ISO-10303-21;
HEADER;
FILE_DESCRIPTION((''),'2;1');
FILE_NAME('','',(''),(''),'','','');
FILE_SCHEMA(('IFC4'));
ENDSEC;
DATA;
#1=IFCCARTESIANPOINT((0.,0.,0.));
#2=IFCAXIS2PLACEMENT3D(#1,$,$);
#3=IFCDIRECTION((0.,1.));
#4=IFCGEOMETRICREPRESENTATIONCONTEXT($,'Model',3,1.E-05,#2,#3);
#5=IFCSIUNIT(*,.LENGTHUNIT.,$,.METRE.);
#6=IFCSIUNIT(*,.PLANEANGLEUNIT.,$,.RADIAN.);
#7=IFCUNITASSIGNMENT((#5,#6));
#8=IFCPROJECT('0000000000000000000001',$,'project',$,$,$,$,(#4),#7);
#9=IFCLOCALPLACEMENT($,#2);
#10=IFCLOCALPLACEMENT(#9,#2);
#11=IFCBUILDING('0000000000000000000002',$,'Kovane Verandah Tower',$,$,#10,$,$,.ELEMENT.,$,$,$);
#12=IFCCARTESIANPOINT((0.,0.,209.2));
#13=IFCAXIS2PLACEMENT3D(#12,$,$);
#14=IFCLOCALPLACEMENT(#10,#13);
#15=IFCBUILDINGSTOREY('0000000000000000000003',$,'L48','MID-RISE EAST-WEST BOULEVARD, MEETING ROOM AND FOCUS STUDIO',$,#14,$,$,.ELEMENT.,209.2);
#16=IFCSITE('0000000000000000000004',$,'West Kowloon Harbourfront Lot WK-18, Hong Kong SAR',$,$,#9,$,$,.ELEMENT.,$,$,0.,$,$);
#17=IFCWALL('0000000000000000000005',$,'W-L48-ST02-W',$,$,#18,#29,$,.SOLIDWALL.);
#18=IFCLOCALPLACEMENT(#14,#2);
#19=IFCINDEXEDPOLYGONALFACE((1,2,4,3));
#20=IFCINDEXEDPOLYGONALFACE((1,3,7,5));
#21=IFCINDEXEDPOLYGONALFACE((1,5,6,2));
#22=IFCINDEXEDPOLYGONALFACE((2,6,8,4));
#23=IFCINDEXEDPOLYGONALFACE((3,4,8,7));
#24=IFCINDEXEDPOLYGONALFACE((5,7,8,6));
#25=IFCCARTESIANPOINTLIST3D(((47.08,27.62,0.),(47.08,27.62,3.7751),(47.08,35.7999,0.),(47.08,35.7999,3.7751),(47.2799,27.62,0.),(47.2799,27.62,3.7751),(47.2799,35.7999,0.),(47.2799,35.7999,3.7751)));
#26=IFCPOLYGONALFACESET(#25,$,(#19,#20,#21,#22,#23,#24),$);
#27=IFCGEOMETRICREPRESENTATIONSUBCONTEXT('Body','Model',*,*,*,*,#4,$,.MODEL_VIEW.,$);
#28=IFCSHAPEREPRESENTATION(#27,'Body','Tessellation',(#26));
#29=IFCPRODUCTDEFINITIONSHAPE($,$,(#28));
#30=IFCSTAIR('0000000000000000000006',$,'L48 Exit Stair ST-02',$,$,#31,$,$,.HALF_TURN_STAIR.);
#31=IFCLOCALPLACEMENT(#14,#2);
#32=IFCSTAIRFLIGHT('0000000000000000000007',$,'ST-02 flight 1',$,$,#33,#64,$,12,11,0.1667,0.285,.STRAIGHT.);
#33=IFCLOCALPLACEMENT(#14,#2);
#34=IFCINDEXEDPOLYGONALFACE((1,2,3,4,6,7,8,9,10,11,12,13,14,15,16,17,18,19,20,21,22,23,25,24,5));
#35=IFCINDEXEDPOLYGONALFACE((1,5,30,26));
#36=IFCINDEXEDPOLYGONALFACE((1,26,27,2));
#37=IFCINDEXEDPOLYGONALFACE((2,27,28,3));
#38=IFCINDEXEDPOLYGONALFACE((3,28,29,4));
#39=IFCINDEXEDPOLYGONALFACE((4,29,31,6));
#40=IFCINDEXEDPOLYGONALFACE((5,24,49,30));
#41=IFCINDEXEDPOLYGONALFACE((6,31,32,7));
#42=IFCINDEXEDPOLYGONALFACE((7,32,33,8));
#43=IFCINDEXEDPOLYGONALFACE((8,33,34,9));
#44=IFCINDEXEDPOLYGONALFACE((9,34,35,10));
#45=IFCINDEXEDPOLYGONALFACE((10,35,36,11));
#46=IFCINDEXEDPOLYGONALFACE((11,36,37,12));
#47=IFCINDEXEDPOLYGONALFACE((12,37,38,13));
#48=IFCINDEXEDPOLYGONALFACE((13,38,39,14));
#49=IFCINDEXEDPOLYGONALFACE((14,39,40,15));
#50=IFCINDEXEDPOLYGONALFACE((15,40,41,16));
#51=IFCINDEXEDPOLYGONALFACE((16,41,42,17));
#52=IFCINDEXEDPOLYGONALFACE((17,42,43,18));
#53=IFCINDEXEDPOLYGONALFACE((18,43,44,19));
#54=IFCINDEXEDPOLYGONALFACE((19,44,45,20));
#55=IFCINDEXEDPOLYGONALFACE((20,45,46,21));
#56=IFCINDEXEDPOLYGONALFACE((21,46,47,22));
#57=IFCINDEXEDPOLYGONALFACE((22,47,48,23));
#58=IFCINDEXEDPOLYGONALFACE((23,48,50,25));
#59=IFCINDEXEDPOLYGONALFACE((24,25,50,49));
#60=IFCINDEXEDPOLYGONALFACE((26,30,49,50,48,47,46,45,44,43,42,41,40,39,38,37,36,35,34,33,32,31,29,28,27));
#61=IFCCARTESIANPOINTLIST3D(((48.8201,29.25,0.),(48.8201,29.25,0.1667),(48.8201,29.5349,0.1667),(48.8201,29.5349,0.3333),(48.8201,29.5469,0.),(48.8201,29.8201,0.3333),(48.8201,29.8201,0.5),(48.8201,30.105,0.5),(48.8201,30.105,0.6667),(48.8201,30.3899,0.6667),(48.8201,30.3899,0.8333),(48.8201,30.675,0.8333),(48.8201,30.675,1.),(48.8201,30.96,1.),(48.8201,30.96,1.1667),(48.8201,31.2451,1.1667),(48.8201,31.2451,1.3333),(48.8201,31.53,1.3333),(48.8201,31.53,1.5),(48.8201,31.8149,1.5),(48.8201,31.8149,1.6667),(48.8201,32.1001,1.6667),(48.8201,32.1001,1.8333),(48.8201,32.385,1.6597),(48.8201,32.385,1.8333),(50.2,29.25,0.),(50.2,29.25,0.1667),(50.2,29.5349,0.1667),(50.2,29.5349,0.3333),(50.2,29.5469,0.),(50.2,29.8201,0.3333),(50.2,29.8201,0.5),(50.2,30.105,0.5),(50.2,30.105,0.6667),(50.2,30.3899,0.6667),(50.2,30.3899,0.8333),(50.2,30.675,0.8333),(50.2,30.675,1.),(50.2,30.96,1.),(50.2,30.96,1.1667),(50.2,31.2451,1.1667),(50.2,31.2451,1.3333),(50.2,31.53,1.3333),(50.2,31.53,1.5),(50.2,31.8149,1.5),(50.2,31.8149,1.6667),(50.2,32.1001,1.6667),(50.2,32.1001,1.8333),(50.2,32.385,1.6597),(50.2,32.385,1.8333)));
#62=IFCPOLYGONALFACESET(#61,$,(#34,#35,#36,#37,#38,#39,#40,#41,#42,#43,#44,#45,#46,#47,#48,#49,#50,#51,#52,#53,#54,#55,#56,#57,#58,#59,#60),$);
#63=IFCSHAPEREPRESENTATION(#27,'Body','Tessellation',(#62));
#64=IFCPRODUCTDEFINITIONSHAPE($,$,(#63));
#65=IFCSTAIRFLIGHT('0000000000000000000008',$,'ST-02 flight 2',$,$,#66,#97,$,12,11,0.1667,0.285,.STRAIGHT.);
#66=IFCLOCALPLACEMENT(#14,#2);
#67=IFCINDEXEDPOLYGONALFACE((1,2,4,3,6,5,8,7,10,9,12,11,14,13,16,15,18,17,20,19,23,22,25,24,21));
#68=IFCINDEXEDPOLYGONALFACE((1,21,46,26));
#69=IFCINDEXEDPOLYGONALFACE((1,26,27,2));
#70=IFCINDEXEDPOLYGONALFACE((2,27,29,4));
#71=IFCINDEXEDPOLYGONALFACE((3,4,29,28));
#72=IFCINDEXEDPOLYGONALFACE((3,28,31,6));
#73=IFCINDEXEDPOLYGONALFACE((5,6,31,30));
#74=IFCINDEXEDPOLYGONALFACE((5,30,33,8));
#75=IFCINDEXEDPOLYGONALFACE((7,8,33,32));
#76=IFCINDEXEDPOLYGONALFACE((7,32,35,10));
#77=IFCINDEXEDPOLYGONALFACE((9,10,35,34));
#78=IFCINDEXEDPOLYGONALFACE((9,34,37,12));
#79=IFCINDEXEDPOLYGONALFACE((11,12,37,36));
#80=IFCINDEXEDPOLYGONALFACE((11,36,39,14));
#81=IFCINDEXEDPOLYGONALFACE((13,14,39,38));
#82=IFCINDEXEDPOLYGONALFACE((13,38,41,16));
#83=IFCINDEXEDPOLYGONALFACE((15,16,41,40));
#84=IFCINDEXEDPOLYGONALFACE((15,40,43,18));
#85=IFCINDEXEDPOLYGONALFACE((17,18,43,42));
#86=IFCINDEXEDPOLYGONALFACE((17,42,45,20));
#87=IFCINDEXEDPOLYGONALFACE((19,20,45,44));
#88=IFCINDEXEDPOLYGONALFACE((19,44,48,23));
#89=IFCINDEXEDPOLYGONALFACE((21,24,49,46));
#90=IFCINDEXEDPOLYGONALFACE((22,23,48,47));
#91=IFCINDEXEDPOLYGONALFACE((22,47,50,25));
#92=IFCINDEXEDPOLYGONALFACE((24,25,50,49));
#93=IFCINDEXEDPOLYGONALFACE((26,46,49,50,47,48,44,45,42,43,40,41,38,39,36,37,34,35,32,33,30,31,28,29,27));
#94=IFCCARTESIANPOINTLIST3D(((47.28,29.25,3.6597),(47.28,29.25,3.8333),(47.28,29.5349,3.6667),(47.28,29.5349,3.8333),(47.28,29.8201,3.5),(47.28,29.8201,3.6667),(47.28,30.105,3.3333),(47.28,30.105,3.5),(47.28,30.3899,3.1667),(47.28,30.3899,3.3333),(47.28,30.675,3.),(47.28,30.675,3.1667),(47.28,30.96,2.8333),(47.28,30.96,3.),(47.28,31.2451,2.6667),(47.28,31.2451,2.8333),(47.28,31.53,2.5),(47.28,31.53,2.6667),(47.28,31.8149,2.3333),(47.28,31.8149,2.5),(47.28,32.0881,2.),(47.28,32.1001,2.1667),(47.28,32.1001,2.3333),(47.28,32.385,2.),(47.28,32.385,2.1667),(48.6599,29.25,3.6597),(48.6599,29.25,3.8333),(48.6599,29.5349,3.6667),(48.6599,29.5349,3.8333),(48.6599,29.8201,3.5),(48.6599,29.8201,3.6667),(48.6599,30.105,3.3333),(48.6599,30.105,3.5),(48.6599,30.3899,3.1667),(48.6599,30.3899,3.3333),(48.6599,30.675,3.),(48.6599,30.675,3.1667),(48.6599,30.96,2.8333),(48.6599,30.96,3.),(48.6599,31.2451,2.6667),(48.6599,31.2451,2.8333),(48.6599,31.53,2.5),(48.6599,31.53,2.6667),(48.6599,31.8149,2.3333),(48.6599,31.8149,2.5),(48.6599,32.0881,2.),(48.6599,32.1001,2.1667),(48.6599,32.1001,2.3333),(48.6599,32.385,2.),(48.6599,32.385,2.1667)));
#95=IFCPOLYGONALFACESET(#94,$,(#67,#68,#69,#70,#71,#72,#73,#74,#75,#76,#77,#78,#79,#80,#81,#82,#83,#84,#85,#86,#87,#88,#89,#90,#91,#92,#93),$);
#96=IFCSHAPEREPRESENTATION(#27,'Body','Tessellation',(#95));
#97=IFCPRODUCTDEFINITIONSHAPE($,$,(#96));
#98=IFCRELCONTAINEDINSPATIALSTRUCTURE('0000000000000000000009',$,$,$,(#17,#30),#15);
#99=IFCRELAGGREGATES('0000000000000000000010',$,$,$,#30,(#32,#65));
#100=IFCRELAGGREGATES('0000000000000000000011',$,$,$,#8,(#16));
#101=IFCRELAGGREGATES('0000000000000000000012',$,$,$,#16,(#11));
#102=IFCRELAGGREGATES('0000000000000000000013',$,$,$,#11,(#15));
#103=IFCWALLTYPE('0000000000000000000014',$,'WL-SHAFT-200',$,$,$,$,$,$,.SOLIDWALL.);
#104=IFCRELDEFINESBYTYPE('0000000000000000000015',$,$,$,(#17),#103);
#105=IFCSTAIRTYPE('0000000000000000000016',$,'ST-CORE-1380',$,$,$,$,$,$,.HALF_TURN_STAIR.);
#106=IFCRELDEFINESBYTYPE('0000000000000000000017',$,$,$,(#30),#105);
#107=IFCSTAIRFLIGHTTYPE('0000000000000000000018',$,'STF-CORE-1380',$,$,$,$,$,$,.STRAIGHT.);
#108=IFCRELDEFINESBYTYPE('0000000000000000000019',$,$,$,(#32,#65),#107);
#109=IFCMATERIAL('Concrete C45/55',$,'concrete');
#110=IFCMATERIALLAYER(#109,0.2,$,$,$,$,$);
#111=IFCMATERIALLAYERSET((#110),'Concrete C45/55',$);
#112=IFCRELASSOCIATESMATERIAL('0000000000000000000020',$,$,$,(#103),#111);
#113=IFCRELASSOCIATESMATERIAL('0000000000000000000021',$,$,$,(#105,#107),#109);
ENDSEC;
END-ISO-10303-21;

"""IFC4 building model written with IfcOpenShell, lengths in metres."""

from ifc_helpers import new_model, si_unit, direction, frame, frame_2d, origin, place, context, subcontext, project, spatial, polyline, rectangle, outline, extrude, material, layer, layer_set, type_object, element, aggregate, save


model = new_model("IFC4")

# Units and contexts
model_context = context("Model", 3, precision=1e-05, world=origin(), true_north=direction((0.0, 1.0)))
body_context = subcontext(model_context, "Body", "Model", "MODEL_VIEW")
ifc_project = project(units=[si_unit("LENGTHUNIT", "METRE"), si_unit("PLANEANGLEUNIT", "RADIAN")], contexts=[model_context])

# Site, building, storey
site_placement = place(None, origin())
site = spatial("IfcSite", under=ifc_project, at=site_placement, Name="West Kowloon Harbourfront Lot WK-18, Hong Kong SAR", CompositionType="ELEMENT", RefElevation=0.0)
building_placement = place(site_placement, origin())
building = spatial("IfcBuilding", under=site, at=building_placement, Name="Kovane Verandah Tower", CompositionType="ELEMENT")
storey_placement = place(building_placement, frame((0.0, 0.0, 209.2)))
storey = spatial("IfcBuildingStorey", under=building, at=storey_placement, Name="L48", Description="MID-RISE EAST-WEST BOULEVARD, MEETING ROOM AND FOCUS STUDIO", CompositionType="ELEMENT", Elevation=209.2)

# Wall
ifc_material_1 = material(Name="Concrete C45/55", Category="concrete")
ifc_layer_1 = layer(ifc_material_1, 0.2)
ifc_layer_set_1 = layer_set([ifc_layer_1], Name="Concrete C45/55")
wall_type_1 = type_object("IfcWallType", Name="WL-SHAFT-200", PredefinedType="SOLIDWALL", material=ifc_layer_set_1)
wall_1_placement = place(storey_placement, frame((47.1799, 27.6201, 0.0), z_axis=(0.0, 0.0, 1.0), x_axis=(0.0, 1.0, 0.0)))
element("IfcWall", 1, at=wall_1_placement, inside=storey, type_object=wall_type_1, Name="W-L48-ST02-W", PredefinedType="SOLIDWALL", context=body_context, shape_type="SweptSolid", body=[
    extrude(rectangle(XDim=8.1799, YDim=0.2, at=frame_2d((4.0898, 0.0))), origin(), (0.0, 0.0, 1.0), 3.7751),
])

# Stair, stair flights
stair_type = type_object("IfcStairType", Name="ST-CORE-1380", PredefinedType="HALF_TURN_STAIR", material=ifc_material_1)
stair_placement = place(storey_placement, origin())
stair = element("IfcStair", 2, at=stair_placement, inside=storey, type_object=stair_type, Name="L48 Exit Stair ST-02", PredefinedType="HALF_TURN_STAIR")
stair_flight_type = type_object("IfcStairFlightType", Name="STF-CORE-1380", PredefinedType="STRAIGHT", material=ifc_material_1)
stair_flight_1_placement = place(storey_placement, frame((49.51, 29.25, 0.0), z_axis=(0.0, 0.0, 1.0), x_axis=(0.0, 1.0, 0.0)))
stair_flight_1 = element("IfcStairFlight", 3, at=stair_flight_1_placement, type_object=stair_flight_type, Name="ST-02 flight 1", NumberOfRisers=12, NumberOfTreads=11, PredefinedType="STRAIGHT", RiserHeight=0.1667, TreadLength=0.285, context=body_context, shape_type="SweptSolid", body=[
    extrude(outline(polyline([(0.0, 0.0), (0.0, 0.1667), (0.2849, 0.1667), (0.2849, 0.3333), (0.5701, 0.3333), (0.5701, 0.5), (0.855, 0.5), (0.855, 0.6667), (1.1399, 0.6667), (1.1399, 0.8333), (1.425, 0.8333), (1.425, 1.0), (1.71, 1.0), (1.71, 1.1667), (1.9951, 1.1667), (1.9951, 1.3333), (2.28, 1.3333), (2.28, 1.5), (2.5649, 1.5), (2.5649, 1.6667), (2.8501, 1.6667), (2.8501, 1.8333), (3.135, 1.8333), (3.135, 2.0), (3.135, 1.6597), (0.2969, 0.0), (0.0, 0.0)])), frame((0.0, 0.6899, 0.0), z_axis=(0.0, -1.0, 0.0), x_axis=(1.0, 0.0, 0.0)), (0.0, 0.0, 1.0), 1.3799),
])
stair_flight_2_placement = place(storey_placement, frame((47.97, 32.385, 2.0), z_axis=(0.0, 0.0, 1.0), x_axis=(0.0, -1.0, 0.0)))
stair_flight_2 = element("IfcStairFlight", 4, at=stair_flight_2_placement, type_object=stair_flight_type, Name="ST-02 flight 2", NumberOfRisers=12, NumberOfTreads=11, PredefinedType="STRAIGHT", RiserHeight=0.1667, TreadLength=0.285, context=body_context, shape_type="SweptSolid", body=[
    extrude(outline(polyline([(0.0, 0.0), (0.0, 0.1667), (0.2849, 0.1667), (0.2849, 0.3333), (0.5701, 0.3333), (0.5701, 0.5), (0.855, 0.5), (0.855, 0.6667), (1.1399, 0.6667), (1.1399, 0.8333), (1.425, 0.8333), (1.425, 1.0), (1.71, 1.0), (1.71, 1.1667), (1.9951, 1.1667), (1.9951, 1.3333), (2.28, 1.3333), (2.28, 1.5), (2.5649, 1.5), (2.5649, 1.6667), (2.8501, 1.6667), (2.8501, 1.8333), (3.135, 1.8333), (3.135, 2.0), (3.135, 1.6597), (0.2969, 0.0), (0.0, 0.0)])), frame((0.0, 0.6899, 0.0), z_axis=(0.0, -1.0, 0.0), x_axis=(1.0, 0.0, 0.0)), (0.0, 0.0, 1.0), 1.3799),
])
aggregate(stair, [stair_flight_1, stair_flight_2])

save(model, "model.ifc")
